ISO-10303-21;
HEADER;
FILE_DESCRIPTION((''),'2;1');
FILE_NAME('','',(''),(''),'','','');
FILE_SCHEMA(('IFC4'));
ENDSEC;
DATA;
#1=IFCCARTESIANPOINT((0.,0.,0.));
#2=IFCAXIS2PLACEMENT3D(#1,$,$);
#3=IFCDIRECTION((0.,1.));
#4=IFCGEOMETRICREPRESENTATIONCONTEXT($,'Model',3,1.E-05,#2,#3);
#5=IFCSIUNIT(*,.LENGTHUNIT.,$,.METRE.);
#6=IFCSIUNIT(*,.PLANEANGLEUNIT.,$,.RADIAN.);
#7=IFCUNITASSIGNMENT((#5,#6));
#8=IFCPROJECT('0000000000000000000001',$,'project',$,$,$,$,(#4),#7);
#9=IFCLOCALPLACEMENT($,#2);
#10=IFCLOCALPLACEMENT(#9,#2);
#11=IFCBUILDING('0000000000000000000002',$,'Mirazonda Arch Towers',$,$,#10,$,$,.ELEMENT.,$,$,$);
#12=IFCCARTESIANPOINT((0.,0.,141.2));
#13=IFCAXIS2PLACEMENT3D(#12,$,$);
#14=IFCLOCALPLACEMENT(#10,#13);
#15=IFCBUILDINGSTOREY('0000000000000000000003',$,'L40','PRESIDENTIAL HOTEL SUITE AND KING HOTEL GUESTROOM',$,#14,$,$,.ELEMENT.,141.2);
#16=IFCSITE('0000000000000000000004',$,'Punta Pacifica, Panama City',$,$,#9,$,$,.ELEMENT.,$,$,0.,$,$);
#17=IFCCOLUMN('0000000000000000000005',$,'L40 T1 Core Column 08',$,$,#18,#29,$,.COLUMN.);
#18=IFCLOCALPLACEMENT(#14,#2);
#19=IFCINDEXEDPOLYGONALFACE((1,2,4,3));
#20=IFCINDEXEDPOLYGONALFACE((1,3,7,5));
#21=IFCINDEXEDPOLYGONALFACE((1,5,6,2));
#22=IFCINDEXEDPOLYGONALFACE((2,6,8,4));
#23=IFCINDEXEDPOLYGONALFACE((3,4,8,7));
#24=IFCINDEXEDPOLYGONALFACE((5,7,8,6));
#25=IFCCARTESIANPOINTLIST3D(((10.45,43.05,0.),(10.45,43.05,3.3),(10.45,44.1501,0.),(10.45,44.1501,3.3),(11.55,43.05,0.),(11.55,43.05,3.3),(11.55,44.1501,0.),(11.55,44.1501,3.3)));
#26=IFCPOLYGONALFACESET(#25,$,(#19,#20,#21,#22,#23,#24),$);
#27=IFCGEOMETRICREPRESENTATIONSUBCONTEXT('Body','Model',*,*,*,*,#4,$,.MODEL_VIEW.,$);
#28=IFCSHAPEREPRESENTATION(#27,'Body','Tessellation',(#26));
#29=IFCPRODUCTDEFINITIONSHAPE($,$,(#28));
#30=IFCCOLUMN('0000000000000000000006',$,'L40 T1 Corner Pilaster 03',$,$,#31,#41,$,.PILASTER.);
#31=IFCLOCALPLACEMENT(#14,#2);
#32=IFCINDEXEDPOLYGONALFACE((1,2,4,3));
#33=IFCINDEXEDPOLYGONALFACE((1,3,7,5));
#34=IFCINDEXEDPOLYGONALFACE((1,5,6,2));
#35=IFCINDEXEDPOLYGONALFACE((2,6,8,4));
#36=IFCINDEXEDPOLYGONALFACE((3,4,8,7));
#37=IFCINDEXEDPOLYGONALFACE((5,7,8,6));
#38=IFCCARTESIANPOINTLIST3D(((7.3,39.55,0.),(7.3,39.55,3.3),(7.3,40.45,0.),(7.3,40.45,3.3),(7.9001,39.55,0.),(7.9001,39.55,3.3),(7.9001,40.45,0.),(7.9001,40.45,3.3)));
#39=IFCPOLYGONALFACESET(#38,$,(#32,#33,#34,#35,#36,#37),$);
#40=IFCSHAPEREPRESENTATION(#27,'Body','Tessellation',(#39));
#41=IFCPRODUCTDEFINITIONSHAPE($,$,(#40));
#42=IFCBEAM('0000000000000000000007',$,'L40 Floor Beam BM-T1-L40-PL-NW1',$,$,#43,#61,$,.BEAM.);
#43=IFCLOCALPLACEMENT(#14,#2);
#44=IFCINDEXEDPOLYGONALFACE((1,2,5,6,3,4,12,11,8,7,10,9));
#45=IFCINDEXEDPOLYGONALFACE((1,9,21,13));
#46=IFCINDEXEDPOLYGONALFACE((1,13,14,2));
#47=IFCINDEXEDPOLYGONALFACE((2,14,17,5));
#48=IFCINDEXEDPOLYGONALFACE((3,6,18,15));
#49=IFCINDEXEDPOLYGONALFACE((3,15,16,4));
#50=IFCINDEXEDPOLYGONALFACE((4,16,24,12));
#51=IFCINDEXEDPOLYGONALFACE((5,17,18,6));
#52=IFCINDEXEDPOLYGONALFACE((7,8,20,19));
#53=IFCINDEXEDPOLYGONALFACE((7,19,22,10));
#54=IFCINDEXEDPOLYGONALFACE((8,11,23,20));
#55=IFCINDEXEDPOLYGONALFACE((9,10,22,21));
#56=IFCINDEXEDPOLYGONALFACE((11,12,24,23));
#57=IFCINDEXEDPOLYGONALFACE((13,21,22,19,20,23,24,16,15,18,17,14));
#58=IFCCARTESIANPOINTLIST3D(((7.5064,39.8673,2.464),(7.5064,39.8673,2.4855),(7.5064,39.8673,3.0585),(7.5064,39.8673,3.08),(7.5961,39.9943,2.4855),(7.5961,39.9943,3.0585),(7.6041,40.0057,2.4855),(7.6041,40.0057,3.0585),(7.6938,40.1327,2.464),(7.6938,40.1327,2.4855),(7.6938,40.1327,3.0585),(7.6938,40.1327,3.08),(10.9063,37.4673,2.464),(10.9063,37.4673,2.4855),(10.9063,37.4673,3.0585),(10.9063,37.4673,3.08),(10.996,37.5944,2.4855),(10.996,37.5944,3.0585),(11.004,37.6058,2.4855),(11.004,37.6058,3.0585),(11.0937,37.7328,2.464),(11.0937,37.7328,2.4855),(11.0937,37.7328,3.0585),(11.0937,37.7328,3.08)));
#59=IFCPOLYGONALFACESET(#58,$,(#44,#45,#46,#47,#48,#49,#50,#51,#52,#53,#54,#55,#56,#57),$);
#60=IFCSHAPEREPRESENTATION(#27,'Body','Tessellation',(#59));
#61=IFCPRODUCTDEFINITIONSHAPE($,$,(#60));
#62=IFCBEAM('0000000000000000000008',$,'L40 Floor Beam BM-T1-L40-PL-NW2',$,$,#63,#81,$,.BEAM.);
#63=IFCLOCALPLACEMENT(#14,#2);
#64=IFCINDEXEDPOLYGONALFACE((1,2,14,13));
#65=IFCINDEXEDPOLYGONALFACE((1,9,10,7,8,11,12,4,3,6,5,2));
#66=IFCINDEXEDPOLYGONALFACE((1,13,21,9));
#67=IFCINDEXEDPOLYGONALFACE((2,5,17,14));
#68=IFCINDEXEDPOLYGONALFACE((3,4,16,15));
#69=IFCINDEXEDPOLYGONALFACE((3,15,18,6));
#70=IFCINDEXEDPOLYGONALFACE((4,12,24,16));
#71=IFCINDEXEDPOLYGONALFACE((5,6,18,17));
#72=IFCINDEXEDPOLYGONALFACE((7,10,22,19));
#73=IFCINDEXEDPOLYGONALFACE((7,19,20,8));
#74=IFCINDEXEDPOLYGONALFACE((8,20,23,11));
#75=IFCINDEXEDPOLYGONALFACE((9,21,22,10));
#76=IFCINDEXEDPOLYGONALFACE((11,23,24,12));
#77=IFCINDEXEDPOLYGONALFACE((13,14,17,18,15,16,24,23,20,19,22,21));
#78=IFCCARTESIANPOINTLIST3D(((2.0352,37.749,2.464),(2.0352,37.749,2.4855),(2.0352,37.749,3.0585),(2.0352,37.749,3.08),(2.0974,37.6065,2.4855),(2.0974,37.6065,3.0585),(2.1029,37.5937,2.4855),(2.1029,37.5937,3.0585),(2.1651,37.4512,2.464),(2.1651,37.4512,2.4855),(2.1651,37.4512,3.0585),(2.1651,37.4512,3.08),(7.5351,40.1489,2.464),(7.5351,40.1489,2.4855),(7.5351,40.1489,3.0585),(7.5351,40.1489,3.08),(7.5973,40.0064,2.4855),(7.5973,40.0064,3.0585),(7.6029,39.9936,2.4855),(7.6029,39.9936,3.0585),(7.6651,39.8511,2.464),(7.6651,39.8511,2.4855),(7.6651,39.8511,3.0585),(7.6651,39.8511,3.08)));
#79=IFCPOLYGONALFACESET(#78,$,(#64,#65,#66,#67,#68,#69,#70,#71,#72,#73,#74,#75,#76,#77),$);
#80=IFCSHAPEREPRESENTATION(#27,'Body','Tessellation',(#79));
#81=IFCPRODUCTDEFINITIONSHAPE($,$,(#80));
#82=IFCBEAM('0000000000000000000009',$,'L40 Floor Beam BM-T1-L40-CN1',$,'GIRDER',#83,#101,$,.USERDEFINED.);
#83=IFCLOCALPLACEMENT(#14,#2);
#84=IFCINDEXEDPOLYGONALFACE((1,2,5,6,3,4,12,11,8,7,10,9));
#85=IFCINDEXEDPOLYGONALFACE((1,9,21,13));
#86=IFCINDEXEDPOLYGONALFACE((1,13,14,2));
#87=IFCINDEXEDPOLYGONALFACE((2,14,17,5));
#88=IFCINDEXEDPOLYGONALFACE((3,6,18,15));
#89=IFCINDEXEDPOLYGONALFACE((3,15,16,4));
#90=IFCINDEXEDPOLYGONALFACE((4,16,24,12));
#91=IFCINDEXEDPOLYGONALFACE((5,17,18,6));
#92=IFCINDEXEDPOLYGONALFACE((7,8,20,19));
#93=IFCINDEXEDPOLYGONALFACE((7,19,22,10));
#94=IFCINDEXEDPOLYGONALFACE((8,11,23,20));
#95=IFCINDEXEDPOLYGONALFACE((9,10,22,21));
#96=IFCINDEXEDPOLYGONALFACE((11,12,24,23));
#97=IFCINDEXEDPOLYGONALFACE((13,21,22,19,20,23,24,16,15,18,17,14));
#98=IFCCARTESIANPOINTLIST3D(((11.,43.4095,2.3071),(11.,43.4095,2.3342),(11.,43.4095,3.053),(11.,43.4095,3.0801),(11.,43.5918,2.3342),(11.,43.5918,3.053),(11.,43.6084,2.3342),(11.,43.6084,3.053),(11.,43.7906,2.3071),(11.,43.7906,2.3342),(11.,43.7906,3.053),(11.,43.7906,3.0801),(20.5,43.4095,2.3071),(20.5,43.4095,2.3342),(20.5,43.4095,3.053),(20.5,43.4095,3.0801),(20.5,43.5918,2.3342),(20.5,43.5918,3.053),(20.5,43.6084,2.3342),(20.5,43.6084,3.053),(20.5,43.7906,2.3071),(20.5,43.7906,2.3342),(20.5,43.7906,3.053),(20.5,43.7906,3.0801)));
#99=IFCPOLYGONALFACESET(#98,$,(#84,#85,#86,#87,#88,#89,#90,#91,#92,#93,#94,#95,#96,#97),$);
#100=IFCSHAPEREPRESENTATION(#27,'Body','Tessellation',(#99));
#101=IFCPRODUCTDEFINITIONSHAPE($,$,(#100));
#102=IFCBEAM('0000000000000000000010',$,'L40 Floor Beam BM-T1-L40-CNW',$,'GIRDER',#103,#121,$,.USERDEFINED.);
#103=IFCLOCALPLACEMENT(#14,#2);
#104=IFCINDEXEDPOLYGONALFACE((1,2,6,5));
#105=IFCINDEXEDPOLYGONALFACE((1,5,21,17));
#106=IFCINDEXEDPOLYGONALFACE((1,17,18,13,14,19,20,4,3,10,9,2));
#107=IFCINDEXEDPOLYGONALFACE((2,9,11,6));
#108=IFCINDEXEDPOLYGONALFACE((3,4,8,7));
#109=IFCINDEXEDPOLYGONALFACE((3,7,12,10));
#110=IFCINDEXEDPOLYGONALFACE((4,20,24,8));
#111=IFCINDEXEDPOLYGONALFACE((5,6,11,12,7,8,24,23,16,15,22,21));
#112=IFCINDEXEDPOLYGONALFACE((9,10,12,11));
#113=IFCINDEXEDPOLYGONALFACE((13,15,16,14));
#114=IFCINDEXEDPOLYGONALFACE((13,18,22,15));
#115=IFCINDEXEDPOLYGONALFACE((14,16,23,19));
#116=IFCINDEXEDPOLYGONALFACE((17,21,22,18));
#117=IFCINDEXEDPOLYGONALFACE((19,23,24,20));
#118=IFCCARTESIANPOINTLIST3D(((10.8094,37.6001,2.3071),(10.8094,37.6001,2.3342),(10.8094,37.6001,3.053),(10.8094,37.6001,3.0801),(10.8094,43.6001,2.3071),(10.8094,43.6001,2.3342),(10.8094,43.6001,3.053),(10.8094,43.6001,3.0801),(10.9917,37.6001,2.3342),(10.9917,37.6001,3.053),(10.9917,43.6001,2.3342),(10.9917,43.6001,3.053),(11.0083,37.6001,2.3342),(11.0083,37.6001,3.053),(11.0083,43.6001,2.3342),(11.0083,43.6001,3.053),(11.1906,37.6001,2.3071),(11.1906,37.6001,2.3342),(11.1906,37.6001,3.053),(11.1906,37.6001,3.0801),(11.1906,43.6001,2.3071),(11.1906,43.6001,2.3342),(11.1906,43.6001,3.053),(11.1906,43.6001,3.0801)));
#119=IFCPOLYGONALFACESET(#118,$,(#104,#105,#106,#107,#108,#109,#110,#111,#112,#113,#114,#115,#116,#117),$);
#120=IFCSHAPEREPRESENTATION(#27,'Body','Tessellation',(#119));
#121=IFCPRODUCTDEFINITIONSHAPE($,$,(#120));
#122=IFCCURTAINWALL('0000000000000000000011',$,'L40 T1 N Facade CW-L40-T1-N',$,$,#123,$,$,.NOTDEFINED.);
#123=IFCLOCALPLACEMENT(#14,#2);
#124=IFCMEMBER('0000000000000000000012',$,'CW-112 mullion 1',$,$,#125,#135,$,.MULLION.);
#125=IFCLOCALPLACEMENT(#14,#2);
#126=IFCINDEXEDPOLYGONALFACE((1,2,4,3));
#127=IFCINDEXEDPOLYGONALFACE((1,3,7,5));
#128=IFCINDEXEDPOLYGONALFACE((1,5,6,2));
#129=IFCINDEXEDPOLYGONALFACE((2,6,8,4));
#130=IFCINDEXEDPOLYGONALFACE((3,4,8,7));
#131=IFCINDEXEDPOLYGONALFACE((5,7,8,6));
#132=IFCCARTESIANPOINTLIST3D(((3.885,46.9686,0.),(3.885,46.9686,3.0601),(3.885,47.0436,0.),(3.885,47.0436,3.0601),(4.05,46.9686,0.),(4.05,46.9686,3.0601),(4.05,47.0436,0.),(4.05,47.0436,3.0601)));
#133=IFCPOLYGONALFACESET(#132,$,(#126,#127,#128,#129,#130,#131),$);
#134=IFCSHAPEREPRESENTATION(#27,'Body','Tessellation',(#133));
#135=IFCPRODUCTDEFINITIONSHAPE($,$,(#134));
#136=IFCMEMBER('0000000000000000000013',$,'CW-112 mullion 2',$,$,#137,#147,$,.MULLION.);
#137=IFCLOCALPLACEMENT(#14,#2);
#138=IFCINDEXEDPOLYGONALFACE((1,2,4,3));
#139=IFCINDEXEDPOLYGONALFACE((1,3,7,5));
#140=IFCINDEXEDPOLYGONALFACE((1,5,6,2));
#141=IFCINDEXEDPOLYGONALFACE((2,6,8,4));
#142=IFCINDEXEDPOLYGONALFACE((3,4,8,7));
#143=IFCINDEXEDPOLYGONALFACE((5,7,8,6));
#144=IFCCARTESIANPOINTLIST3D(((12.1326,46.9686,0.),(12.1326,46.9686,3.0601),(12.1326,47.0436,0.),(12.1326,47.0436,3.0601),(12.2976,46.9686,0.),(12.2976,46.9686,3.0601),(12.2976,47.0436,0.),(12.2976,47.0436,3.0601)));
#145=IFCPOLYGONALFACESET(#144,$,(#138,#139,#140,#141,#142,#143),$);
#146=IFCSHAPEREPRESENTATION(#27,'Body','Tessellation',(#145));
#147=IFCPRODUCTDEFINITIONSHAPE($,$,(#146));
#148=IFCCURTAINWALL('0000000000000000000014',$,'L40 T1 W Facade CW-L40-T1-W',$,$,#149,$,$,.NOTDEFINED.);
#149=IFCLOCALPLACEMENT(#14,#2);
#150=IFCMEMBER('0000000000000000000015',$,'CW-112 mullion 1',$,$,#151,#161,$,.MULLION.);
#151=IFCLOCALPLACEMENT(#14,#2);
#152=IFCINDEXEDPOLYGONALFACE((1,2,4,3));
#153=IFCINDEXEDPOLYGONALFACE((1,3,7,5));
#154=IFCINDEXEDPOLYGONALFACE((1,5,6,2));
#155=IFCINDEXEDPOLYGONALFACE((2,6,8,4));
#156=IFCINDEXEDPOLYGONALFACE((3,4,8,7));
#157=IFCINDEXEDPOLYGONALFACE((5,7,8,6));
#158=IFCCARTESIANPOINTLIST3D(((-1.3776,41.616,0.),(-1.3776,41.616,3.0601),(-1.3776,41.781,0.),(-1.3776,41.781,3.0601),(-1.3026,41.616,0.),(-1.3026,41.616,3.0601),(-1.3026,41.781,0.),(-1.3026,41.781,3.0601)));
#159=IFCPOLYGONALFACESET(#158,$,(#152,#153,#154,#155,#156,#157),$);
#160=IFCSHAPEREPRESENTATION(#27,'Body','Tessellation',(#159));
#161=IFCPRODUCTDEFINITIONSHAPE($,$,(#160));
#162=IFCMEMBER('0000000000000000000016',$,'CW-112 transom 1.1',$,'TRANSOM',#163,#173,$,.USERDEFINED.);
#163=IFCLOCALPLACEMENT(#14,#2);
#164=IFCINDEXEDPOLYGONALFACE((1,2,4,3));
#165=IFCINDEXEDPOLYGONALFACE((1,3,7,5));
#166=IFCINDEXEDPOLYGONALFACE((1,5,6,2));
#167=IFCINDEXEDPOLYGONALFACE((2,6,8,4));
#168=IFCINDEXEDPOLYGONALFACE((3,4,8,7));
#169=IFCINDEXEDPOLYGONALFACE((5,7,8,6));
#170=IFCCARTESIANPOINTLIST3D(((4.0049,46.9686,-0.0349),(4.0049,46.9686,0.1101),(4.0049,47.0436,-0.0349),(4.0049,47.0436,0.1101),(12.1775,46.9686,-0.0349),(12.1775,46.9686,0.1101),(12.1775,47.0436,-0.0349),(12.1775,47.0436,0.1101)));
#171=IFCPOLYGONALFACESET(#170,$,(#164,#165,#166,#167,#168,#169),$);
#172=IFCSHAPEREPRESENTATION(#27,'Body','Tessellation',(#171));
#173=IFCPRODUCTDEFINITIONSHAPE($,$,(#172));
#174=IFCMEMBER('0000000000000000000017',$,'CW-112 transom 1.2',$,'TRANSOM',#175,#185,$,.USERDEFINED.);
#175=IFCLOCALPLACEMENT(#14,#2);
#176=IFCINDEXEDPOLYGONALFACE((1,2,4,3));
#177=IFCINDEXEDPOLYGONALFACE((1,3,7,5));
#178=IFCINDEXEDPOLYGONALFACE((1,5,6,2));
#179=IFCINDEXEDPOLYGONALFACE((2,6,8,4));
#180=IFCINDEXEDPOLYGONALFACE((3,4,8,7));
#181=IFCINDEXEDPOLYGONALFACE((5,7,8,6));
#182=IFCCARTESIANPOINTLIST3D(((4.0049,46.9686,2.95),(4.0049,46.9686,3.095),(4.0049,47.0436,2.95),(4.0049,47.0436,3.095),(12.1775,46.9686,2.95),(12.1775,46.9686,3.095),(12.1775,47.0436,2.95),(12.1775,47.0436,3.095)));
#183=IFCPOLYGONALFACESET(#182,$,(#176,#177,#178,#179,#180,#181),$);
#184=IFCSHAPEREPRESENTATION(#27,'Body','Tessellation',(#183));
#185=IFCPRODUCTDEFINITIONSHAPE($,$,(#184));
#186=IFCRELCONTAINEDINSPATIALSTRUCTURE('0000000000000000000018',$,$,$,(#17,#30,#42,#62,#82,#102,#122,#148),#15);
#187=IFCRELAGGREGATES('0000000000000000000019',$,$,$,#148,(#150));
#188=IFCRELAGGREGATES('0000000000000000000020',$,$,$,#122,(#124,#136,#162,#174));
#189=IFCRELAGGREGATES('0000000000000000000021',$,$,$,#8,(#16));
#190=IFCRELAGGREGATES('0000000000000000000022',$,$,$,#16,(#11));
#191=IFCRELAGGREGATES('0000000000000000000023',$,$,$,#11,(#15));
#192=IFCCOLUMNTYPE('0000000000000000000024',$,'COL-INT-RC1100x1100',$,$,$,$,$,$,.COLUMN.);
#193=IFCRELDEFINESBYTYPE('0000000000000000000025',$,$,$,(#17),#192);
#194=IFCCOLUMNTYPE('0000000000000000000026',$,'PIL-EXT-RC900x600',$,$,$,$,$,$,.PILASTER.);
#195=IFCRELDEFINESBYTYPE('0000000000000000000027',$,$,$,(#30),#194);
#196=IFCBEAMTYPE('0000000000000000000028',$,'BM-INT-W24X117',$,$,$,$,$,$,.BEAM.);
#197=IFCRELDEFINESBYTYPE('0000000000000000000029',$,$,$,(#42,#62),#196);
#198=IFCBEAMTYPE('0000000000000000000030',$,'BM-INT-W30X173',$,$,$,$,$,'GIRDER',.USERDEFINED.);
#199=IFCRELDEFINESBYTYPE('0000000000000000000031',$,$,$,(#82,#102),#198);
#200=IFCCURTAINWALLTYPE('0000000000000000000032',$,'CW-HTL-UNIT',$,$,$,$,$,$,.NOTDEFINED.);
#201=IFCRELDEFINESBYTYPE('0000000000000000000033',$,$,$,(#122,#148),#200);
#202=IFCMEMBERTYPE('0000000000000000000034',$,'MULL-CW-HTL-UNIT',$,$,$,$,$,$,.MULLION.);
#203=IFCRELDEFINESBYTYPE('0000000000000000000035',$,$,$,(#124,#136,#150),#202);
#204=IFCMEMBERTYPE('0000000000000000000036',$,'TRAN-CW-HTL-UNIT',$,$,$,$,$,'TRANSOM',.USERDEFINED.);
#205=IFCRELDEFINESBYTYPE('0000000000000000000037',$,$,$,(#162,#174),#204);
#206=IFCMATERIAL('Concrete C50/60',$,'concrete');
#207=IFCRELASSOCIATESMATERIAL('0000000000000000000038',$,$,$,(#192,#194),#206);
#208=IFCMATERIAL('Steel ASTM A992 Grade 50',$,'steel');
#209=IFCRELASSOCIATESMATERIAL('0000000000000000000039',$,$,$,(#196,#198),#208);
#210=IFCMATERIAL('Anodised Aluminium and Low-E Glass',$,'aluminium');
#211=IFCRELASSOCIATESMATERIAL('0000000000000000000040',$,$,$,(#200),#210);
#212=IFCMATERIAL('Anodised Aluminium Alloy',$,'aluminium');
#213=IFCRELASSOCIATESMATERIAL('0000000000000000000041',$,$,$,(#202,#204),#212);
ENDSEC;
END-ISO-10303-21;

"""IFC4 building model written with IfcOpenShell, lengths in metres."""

from ifc_helpers import new_model, si_unit, direction, frame, origin, origin_2d, place, context, subcontext, project, spatial, rectangle, i_section, extrude, material, material_profile, profile_set, type_object, element, aggregate, save


model = new_model("IFC4")

# Units and contexts
model_context = context("Model", 3, precision=1e-05, world=origin(), true_north=direction((0.0, 1.0)))
body_context = subcontext(model_context, "Body", "Model", "MODEL_VIEW")
ifc_project = project(units=[si_unit("LENGTHUNIT", "METRE"), si_unit("PLANEANGLEUNIT", "RADIAN")], contexts=[model_context])

# Site, building, storey
site_placement = place(None, origin())
site = spatial("IfcSite", under=ifc_project, at=site_placement, Name="Punta Pacifica, Panama City", CompositionType="ELEMENT", RefElevation=0.0)
building_placement = place(site_placement, origin())
building = spatial("IfcBuilding", under=site, at=building_placement, Name="Mirazonda Arch Towers", CompositionType="ELEMENT")
storey_placement = place(building_placement, frame((0.0, 0.0, 141.2)))
storey = spatial("IfcBuildingStorey", under=building, at=storey_placement, Name="L40", Description="PRESIDENTIAL HOTEL SUITE AND KING HOTEL GUESTROOM", CompositionType="ELEMENT", Elevation=141.2)

# Columns
ifc_material_1 = material(Name="Concrete C50/60", Category="concrete")
ifc_material_profile_1 = material_profile(ifc_material_1, rectangle(XDim=1.1001, YDim=1.1001, at=origin_2d()), Name="RC1100x1100")
ifc_profile_set_1 = profile_set([ifc_material_profile_1], Name="Concrete C50/60")
column_type_1 = type_object("IfcColumnType", Name="COL-INT-RC1100x1100", PredefinedType="COLUMN", material=ifc_profile_set_1)
column_1_placement = place(storey_placement, frame((11.0, 43.6001, 0.0), z_axis=(0.0, 0.0, 1.0), x_axis=(1.0, 0.0, 0.0)))
element("IfcColumn", 1, at=column_1_placement, inside=storey, type_object=column_type_1, Name="L40 T1 Core Column 08", PredefinedType="COLUMN", context=body_context, shape_type="SweptSolid", body=[
    extrude(rectangle(XDim=1.1001, YDim=1.1001, at=origin_2d()), origin(), (0.0, 0.0, 1.0), 3.3),
])
ifc_material_profile_2 = material_profile(ifc_material_1, rectangle(XDim=0.6001, YDim=0.8999, at=origin_2d()), Name="RC900x600")
ifc_profile_set_2 = profile_set([ifc_material_profile_2], Name="Concrete C50/60")
column_type_2 = type_object("IfcColumnType", Name="PIL-EXT-RC900x600", PredefinedType="PILASTER", material=ifc_profile_set_2)
column_2_placement = place(storey_placement, frame((7.6001, 40.0, 0.0), z_axis=(0.0, 0.0, 1.0), x_axis=(1.0, 0.0, 0.0)))
element("IfcColumn", 2, at=column_2_placement, inside=storey, type_object=column_type_2, Name="L40 T1 Corner Pilaster 03", PredefinedType="PILASTER", context=body_context, shape_type="SweptSolid", body=[
    extrude(rectangle(XDim=0.6001, YDim=0.8999, at=origin_2d()), origin(), (0.0, 0.0, 1.0), 3.3),
])

# Beams
ifc_material_2 = material(Name="Steel ASTM A992 Grade 50", Category="steel")
ifc_material_profile_3 = material_profile(ifc_material_2, i_section(OverallWidth=0.325, OverallDepth=0.616, WebThickness=0.0139, FlangeThickness=0.0215, at=origin_2d()), Name="W24X117")
ifc_profile_set_3 = profile_set([ifc_material_profile_3], Name="Steel ASTM A992 Grade 50")
beam_type_1 = type_object("IfcBeamType", Name="BM-INT-W24X117", PredefinedType="BEAM", material=ifc_profile_set_3)
beam_1_placement = place(storey_placement, frame((7.6001, 40.0, 2.772), z_axis=(0.816971, -0.576679, 0.0), x_axis=(0.576679, 0.816971, 0.0)))
element("IfcBeam", 3, at=beam_1_placement, inside=storey, type_object=beam_type_1, Name="L40 Floor Beam BM-T1-L40-PL-NW1", PredefinedType="BEAM", context=body_context, shape_type="SweptSolid", body=[
    extrude(i_section(OverallWidth=0.325, OverallDepth=0.616, WebThickness=0.0139, FlangeThickness=0.0215, at=origin_2d()), origin(), (0.0, 0.0, 1.0), 4.1616),
])
beam_2_placement = place(storey_placement, frame((7.6001, 40.0, 2.772), z_axis=(-0.916545, -0.399931, 0.0), x_axis=(0.399931, -0.916545, 0.0)))
element("IfcBeam", 4, at=beam_2_placement, inside=storey, type_object=beam_type_1, Name="L40 Floor Beam BM-T1-L40-PL-NW2", PredefinedType="BEAM", context=body_context, shape_type="SweptSolid", body=[
    extrude(i_section(OverallWidth=0.325, OverallDepth=0.616, WebThickness=0.0139, FlangeThickness=0.0215, at=origin_2d()), origin(), (0.0, 0.0, 1.0), 6.0007),
])
ifc_material_profile_4 = material_profile(ifc_material_2, i_section(OverallWidth=0.3811, OverallDepth=0.7729, WebThickness=0.0166, FlangeThickness=0.0271, at=origin_2d()), Name="W30X173")
ifc_profile_set_4 = profile_set([ifc_material_profile_4], Name="Steel ASTM A992 Grade 50")
beam_type_2 = type_object("IfcBeamType", Name="BM-INT-W30X173", ElementType="GIRDER", PredefinedType="USERDEFINED", material=ifc_profile_set_4)
beam_3_placement = place(storey_placement, frame((11.0, 43.6001, 2.6936), z_axis=(1.0, 0.0, 0.0), x_axis=(0.0, 1.0, 0.0)))
element("IfcBeam", 5, at=beam_3_placement, inside=storey, type_object=beam_type_2, Name="L40 Floor Beam BM-T1-L40-CN1", ObjectType="GIRDER", PredefinedType="USERDEFINED", context=body_context, shape_type="SweptSolid", body=[
    extrude(i_section(OverallWidth=0.3811, OverallDepth=0.7729, WebThickness=0.0166, FlangeThickness=0.0271, at=origin_2d()), origin(), (0.0, 0.0, 1.0), 9.5),
])
beam_4_placement = place(storey_placement, frame((11.0, 37.6001, 2.6936), z_axis=(0.0, 1.0, 0.0), x_axis=(-1.0, 0.0, 0.0)))
element("IfcBeam", 6, at=beam_4_placement, inside=storey, type_object=beam_type_2, Name="L40 Floor Beam BM-T1-L40-CNW", ObjectType="GIRDER", PredefinedType="USERDEFINED", context=body_context, shape_type="SweptSolid", body=[
    extrude(i_section(OverallWidth=0.3811, OverallDepth=0.7729, WebThickness=0.0166, FlangeThickness=0.0271, at=origin_2d()), origin(), (0.0, 0.0, 1.0), 6.0),
])

# Curtain wall, members
ifc_material_3 = material(Name="Anodised Aluminium and Low-E Glass", Category="aluminium")
curtain_wall_type = type_object("IfcCurtainWallType", Name="CW-HTL-UNIT", PredefinedType="NOTDEFINED", material=ifc_material_3)
curtain_wall_1_placement = place(storey_placement, origin())
curtain_wall_1 = element("IfcCurtainWall", 7, at=curtain_wall_1_placement, inside=storey, type_object=curtain_wall_type, Name="L40 T1 N Facade CW-L40-T1-N", PredefinedType="NOTDEFINED")
ifc_material_4 = material(Name="Anodised Aluminium Alloy", Category="aluminium")
ifc_material_profile_5 = material_profile(ifc_material_4, rectangle(XDim=0.075, YDim=0.165, at=origin_2d()), Name="ALU-MULL-75x165")
ifc_profile_set_5 = profile_set([ifc_material_profile_5], Name="Anodised Aluminium Alloy")
member_type_1 = type_object("IfcMemberType", Name="MULL-CW-HTL-UNIT", PredefinedType="MULLION", material=ifc_profile_set_5)
member_1_placement = place(storey_placement, frame((3.9675, 47.0061, 0.0), z_axis=(0.0, 0.0, 1.0), x_axis=(0.0, 1.0, 0.0)))
member_1 = element("IfcMember", 8, at=member_1_placement, type_object=member_type_1, Name="CW-112 mullion 1", PredefinedType="MULLION", context=body_context, shape_type="SweptSolid", body=[
    extrude(rectangle(XDim=0.075, YDim=0.165, at=origin_2d()), origin(), (0.0, 0.0, 1.0), 3.0601),
])
member_2_placement = place(storey_placement, frame((12.2151, 47.0061, 0.0), z_axis=(0.0, 0.0, 1.0), x_axis=(0.0, 1.0, 0.0)))
member_2 = element("IfcMember", 9, at=member_2_placement, type_object=member_type_1, Name="CW-112 mullion 2", PredefinedType="MULLION", context=body_context, shape_type="SweptSolid", body=[
    extrude(rectangle(XDim=0.075, YDim=0.165, at=origin_2d()), origin(), (0.0, 0.0, 1.0), 3.0601),
])

# Curtain wall, member
curtain_wall_2_placement = place(storey_placement, origin())
curtain_wall_2 = element("IfcCurtainWall", 10, at=curtain_wall_2_placement, inside=storey, type_object=curtain_wall_type, Name="L40 T1 W Facade CW-L40-T1-W", PredefinedType="NOTDEFINED")
member_3_placement = place(storey_placement, frame((-1.3401, 41.6985, 0.0), z_axis=(0.0, 0.0, 1.0), x_axis=(1.0, 0.0, 0.0)))
member_3 = element("IfcMember", 11, at=member_3_placement, type_object=member_type_1, Name="CW-112 mullion 1", PredefinedType="MULLION", context=body_context, shape_type="SweptSolid", body=[
    extrude(rectangle(XDim=0.075, YDim=0.165, at=origin_2d()), origin(), (0.0, 0.0, 1.0), 3.0601),
])

# Members
ifc_material_profile_6 = material_profile(ifc_material_4, rectangle(XDim=0.075, YDim=0.145, at=origin_2d()), Name="ALU-TRAN-75x145")
ifc_profile_set_6 = profile_set([ifc_material_profile_6], Name="Anodised Aluminium Alloy")
member_type_2 = type_object("IfcMemberType", Name="TRAN-CW-HTL-UNIT", ElementType="TRANSOM", PredefinedType="USERDEFINED", material=ifc_profile_set_6)
member_4_placement = place(storey_placement, frame((4.0049, 47.0061, 0.0376), z_axis=(1.0, 0.0, 0.0), x_axis=(0.0, 1.0, 0.0)))
member_4 = element("IfcMember", 12, at=member_4_placement, type_object=member_type_2, Name="CW-112 transom 1.1", ObjectType="TRANSOM", PredefinedType="USERDEFINED", context=body_context, shape_type="SweptSolid", body=[
    extrude(rectangle(XDim=0.075, YDim=0.145, at=origin_2d()), origin(), (0.0, 0.0, 1.0), 8.1726),
])
member_5_placement = place(storey_placement, frame((4.0049, 47.0061, 3.0225), z_axis=(1.0, 0.0, 0.0), x_axis=(0.0, 1.0, 0.0)))
member_5 = element("IfcMember", 13, at=member_5_placement, type_object=member_type_2, Name="CW-112 transom 1.2", ObjectType="TRANSOM", PredefinedType="USERDEFINED", context=body_context, shape_type="SweptSolid", body=[
    extrude(rectangle(XDim=0.075, YDim=0.145, at=origin_2d()), origin(), (0.0, 0.0, 1.0), 8.1726),
])
aggregate(curtain_wall_2, [member_3])

aggregate(curtain_wall_1, [member_1, member_2, member_4, member_5])

save(model, "model.ifc")
